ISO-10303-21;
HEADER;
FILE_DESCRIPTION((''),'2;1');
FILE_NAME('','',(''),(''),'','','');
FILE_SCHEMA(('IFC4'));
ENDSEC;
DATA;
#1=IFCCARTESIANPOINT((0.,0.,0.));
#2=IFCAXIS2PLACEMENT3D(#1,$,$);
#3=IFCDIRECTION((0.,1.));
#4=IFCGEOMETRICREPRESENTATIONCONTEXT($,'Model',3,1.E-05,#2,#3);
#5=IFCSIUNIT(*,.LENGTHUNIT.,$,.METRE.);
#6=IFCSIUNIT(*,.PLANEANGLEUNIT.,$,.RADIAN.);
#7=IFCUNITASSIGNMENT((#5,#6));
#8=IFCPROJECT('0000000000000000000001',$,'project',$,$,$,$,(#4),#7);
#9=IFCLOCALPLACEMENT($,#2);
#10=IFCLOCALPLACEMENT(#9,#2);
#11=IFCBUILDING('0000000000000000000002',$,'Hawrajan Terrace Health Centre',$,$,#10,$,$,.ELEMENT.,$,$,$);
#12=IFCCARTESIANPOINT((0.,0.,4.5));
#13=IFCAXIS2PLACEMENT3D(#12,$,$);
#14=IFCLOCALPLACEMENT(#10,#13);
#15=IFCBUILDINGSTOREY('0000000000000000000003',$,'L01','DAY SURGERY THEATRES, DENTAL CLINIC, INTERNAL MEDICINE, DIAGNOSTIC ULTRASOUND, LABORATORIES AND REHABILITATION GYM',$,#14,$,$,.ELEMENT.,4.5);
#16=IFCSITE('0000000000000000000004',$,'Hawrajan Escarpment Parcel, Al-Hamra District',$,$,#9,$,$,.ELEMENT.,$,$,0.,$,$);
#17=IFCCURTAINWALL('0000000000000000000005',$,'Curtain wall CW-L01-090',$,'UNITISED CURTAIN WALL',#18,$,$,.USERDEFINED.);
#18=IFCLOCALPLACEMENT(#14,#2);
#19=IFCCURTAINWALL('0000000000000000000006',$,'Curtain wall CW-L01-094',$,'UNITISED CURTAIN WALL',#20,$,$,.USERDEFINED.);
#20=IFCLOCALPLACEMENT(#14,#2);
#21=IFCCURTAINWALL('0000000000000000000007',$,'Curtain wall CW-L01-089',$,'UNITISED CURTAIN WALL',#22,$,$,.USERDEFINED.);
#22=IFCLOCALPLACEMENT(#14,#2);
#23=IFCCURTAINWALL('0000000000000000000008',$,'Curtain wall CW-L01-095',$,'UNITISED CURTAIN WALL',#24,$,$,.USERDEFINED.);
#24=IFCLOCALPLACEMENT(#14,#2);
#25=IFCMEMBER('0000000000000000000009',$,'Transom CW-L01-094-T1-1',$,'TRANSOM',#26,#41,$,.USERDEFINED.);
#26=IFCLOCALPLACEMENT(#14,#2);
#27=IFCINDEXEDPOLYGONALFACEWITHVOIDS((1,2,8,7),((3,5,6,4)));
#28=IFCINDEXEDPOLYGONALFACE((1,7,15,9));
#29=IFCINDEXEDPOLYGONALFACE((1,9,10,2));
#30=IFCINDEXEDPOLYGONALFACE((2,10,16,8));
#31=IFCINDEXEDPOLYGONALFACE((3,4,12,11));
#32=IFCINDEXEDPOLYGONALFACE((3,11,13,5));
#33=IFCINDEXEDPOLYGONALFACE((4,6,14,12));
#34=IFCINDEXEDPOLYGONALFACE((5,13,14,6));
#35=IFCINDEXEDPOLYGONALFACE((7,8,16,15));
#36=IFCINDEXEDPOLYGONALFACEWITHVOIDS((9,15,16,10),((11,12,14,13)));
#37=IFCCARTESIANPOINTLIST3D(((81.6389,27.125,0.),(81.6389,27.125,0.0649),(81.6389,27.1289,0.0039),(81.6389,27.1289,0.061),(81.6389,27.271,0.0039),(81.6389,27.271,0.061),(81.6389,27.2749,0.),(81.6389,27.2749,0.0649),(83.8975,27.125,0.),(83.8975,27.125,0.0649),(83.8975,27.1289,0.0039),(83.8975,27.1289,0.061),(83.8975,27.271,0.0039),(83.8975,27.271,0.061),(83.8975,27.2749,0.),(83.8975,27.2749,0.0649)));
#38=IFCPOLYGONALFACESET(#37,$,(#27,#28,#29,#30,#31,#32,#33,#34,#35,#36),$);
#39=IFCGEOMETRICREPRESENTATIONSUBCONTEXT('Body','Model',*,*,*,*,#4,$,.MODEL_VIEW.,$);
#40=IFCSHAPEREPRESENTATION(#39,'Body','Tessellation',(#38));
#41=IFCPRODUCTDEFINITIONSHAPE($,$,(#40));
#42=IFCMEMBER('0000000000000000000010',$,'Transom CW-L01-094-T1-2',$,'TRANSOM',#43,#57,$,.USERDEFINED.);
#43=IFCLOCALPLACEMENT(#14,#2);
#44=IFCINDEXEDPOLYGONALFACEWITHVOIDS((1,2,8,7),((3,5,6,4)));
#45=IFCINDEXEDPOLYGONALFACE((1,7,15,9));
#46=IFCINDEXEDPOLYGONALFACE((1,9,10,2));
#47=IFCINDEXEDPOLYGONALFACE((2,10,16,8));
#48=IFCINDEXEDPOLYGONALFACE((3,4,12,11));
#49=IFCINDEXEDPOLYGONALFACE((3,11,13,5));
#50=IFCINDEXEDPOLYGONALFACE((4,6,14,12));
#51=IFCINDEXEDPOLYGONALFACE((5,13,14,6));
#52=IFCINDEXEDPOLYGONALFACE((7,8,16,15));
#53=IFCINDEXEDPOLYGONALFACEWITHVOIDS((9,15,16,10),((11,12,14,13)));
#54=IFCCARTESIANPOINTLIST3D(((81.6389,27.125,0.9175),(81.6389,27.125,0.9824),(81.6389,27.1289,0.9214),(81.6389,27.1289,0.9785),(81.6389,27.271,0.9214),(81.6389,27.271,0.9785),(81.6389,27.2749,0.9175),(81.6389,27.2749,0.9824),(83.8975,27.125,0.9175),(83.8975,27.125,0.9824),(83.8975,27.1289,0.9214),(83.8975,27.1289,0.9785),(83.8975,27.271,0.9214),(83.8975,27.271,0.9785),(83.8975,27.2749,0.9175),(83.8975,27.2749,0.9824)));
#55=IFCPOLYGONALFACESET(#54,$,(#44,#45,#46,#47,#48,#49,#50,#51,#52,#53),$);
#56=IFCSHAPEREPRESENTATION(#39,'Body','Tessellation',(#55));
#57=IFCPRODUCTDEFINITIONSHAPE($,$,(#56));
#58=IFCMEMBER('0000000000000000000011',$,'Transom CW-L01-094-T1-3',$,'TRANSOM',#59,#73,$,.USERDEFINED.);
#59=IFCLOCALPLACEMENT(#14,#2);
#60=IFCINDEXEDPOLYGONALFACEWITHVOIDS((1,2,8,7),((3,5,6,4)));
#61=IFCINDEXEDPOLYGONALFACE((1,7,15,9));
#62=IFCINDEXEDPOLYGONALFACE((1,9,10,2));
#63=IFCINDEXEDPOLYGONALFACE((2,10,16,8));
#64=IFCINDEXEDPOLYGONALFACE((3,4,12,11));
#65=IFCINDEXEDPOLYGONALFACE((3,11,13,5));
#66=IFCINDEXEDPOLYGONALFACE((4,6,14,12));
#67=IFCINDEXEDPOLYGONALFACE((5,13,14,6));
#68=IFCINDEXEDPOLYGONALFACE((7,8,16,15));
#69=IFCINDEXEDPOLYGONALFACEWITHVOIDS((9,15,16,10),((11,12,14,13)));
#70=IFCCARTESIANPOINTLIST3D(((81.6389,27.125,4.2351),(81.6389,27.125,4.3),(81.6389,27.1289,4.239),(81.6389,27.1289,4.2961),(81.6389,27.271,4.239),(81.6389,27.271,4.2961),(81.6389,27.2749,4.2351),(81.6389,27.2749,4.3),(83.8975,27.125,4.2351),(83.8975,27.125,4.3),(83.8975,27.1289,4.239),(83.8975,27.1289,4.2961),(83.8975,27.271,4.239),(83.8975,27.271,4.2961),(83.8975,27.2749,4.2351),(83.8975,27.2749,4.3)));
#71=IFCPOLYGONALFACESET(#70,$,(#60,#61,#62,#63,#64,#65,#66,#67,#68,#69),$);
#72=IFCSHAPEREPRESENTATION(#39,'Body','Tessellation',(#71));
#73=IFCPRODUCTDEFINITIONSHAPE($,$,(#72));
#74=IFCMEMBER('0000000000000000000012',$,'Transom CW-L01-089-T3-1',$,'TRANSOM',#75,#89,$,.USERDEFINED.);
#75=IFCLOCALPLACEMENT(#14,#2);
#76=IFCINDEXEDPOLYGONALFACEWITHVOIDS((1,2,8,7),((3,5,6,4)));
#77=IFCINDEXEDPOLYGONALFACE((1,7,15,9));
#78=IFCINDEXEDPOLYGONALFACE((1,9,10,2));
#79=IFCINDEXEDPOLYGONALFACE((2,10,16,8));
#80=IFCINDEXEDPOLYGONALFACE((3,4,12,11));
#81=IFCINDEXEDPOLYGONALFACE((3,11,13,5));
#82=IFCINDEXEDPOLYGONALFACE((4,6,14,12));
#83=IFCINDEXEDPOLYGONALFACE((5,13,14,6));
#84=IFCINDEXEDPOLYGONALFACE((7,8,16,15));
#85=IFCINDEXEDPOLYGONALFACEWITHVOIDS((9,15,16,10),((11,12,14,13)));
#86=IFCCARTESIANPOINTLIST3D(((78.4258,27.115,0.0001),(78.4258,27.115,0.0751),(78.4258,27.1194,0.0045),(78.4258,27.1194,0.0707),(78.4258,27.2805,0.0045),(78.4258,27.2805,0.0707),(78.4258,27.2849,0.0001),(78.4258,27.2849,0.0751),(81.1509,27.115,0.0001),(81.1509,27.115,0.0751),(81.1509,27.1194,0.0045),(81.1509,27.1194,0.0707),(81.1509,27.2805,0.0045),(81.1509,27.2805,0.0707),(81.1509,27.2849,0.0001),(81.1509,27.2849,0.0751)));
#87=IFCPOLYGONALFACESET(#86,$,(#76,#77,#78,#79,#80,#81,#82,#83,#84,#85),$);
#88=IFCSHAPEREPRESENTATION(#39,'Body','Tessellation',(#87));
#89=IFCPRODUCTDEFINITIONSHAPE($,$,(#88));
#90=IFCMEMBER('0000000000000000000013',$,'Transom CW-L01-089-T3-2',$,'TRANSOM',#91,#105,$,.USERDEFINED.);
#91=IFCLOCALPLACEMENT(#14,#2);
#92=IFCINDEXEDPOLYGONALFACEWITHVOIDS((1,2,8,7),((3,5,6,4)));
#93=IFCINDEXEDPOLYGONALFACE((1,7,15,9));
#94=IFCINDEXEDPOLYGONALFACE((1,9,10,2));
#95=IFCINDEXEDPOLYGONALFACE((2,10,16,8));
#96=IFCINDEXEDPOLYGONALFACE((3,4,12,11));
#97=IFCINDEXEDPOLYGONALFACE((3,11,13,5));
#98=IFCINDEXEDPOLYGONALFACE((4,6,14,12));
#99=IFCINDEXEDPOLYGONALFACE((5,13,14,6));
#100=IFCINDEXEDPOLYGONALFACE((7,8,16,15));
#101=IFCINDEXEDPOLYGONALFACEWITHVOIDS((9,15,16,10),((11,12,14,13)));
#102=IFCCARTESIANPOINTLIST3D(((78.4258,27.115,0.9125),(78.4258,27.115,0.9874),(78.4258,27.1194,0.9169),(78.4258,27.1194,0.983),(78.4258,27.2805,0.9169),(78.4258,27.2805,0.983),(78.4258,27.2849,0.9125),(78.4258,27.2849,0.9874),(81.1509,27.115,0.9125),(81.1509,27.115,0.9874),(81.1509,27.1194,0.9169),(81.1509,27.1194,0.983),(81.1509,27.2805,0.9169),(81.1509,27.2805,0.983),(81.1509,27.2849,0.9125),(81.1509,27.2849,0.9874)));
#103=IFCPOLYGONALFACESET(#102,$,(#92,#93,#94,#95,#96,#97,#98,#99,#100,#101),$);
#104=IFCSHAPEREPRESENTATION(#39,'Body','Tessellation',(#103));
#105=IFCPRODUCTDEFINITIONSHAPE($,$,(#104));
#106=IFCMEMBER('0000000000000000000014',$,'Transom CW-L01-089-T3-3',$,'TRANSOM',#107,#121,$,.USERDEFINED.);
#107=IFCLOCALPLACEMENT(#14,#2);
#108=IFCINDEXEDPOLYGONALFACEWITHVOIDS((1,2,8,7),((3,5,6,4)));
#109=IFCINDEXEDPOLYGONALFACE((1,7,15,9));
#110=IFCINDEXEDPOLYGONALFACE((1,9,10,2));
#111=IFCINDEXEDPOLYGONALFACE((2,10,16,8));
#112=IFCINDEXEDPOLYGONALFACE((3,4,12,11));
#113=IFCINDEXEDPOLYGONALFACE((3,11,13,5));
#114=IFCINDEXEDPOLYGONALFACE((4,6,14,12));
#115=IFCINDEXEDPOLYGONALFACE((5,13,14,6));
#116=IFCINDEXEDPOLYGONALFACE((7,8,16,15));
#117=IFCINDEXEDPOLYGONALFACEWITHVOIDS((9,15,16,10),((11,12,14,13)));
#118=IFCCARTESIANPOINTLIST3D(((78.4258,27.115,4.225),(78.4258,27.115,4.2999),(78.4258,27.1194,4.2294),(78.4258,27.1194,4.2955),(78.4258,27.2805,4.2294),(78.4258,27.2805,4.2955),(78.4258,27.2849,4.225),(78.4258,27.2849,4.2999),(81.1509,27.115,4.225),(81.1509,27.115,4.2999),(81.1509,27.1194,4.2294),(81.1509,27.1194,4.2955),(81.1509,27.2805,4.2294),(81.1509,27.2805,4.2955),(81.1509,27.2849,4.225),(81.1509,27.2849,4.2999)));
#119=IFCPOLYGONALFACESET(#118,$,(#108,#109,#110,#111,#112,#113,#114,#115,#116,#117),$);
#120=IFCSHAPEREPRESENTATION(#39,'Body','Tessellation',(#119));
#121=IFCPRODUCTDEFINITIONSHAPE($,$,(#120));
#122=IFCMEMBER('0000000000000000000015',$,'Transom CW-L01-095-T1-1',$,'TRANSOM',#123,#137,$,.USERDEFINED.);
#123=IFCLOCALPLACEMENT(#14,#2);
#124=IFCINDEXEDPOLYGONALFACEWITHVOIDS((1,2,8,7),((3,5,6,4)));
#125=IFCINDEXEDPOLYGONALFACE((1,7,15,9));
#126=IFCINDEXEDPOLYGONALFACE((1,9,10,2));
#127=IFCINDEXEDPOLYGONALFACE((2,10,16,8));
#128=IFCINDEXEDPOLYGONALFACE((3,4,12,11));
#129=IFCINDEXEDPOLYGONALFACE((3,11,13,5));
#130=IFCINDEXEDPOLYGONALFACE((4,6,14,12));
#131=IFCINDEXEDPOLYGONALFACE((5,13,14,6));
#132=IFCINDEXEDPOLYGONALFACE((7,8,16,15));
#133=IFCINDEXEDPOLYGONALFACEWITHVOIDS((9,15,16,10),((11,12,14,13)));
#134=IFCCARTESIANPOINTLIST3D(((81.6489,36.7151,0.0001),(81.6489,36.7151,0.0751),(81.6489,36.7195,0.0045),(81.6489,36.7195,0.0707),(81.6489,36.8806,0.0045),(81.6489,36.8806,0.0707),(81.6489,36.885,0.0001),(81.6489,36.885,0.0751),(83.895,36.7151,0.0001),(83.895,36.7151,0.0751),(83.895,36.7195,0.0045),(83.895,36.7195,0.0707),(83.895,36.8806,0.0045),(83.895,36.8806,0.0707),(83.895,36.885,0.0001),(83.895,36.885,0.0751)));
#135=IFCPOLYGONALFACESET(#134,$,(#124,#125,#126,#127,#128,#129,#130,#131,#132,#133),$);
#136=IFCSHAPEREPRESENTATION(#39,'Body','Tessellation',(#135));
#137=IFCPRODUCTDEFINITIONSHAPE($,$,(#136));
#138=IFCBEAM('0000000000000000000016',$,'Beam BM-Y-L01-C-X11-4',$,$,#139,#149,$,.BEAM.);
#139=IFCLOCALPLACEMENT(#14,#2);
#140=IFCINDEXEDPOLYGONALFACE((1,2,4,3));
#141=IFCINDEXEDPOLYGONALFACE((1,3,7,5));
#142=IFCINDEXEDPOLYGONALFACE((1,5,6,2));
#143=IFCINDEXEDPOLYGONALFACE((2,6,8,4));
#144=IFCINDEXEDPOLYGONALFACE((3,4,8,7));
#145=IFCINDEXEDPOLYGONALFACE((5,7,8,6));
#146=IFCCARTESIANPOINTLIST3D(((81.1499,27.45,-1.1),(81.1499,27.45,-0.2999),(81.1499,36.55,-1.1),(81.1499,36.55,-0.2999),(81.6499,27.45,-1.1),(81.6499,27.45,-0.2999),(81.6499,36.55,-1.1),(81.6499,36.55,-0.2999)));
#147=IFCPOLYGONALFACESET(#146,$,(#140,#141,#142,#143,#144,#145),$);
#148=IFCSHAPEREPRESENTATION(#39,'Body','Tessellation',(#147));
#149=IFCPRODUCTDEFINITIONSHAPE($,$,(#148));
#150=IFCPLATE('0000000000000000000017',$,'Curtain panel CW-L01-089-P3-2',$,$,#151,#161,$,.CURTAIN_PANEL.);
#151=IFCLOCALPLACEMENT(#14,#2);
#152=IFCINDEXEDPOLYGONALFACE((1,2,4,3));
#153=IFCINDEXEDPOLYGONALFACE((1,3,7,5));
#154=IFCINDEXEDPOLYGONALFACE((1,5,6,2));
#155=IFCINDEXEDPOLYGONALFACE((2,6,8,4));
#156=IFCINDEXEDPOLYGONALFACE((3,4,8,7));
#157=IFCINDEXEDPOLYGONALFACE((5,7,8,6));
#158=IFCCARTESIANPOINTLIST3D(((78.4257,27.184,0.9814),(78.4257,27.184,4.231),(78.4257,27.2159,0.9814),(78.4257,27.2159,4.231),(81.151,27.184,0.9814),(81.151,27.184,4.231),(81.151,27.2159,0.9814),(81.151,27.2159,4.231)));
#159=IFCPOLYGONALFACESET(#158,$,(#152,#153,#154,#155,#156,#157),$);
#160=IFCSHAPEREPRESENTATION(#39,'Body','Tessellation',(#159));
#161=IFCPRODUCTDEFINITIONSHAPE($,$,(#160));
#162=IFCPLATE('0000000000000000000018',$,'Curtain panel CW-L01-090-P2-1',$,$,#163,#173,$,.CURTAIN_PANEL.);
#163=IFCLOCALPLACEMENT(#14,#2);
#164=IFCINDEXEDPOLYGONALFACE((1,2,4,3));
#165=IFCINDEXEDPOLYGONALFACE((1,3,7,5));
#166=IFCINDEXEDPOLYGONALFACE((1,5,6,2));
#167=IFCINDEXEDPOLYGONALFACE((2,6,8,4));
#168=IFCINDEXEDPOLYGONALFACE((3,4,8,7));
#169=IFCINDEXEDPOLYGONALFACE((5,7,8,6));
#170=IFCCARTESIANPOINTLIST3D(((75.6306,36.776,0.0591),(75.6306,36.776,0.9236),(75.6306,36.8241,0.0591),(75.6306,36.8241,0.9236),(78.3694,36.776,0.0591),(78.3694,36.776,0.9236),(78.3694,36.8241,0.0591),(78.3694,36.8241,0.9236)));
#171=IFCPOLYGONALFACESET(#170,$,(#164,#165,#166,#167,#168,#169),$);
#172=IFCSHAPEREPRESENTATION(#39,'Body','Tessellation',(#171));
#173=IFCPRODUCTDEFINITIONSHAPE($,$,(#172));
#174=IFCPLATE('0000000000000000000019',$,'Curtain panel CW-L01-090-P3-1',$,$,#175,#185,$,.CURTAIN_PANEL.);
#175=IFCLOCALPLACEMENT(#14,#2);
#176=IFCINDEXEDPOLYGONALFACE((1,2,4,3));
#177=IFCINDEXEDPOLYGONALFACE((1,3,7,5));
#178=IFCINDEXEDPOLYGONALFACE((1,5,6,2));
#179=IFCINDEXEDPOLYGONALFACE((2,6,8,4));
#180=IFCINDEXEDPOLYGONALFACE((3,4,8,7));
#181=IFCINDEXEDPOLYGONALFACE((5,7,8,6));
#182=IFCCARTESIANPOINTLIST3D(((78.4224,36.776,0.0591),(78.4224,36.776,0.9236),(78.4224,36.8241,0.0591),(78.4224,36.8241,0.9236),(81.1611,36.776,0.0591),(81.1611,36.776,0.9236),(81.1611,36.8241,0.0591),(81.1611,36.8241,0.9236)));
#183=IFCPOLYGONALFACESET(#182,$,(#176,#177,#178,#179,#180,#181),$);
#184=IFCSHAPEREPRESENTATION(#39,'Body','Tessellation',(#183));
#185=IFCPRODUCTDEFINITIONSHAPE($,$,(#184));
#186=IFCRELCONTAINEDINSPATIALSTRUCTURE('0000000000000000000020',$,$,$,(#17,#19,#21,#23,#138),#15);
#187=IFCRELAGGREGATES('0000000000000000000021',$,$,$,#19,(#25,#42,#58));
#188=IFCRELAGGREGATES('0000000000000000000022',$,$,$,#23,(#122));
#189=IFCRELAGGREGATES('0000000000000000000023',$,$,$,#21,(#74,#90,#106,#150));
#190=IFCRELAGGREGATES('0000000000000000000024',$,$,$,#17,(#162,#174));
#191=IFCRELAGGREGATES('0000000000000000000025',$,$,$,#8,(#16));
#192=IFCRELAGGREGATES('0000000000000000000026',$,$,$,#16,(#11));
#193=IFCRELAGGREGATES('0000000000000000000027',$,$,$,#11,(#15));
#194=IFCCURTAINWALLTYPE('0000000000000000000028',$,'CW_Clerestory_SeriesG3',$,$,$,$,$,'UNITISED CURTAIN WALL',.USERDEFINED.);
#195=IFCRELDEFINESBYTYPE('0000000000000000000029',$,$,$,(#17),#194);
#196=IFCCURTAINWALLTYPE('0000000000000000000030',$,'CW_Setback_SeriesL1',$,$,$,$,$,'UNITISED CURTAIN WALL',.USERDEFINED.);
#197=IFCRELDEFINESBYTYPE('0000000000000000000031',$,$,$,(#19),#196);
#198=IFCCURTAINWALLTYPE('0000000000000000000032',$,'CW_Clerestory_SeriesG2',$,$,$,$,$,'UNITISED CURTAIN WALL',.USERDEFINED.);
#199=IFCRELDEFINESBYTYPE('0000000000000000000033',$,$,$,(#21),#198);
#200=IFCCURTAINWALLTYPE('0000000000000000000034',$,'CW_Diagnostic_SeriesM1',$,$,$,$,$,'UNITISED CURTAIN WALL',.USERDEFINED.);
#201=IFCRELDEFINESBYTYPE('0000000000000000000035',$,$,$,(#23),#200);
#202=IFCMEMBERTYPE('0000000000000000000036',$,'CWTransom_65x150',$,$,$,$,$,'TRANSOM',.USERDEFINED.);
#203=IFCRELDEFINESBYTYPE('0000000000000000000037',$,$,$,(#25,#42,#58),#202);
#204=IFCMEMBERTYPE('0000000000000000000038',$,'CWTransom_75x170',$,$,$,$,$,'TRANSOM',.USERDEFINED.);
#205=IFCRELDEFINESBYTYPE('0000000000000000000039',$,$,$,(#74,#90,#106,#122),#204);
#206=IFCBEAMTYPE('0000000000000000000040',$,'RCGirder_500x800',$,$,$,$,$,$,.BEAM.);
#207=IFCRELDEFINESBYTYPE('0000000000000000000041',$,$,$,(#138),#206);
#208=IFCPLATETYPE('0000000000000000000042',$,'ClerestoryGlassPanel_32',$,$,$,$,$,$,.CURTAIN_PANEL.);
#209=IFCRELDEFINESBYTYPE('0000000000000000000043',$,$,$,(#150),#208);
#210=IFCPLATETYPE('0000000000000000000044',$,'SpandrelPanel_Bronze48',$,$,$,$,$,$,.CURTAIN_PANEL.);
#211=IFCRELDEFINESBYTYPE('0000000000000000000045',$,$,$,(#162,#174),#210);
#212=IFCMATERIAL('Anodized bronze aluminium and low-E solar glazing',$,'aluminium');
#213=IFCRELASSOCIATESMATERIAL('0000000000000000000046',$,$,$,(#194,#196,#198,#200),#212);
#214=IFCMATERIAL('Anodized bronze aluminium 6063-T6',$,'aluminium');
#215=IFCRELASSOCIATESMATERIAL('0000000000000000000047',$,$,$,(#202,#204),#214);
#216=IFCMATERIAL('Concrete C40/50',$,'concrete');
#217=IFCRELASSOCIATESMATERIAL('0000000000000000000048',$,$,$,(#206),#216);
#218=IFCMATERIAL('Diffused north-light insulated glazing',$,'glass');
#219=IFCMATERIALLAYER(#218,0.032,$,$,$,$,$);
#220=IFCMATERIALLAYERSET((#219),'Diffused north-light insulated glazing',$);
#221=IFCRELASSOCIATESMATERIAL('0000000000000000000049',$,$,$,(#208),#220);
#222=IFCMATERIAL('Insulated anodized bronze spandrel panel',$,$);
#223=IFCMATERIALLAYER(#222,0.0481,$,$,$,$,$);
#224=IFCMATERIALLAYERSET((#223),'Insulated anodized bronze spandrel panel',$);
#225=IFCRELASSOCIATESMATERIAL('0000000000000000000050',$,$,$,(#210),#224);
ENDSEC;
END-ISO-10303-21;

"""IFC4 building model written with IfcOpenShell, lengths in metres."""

from ifc_helpers import new_model, si_unit, direction, frame, origin, origin_2d, place, context, subcontext, project, spatial, rectangle, hollow_rectangle, extrude, material, layer, layer_set, material_profile, profile_set, type_object, element, aggregate, save


model = new_model("IFC4")

# Units and contexts
model_context = context("Model", 3, precision=1e-05, world=origin(), true_north=direction((0.0, 1.0)))
body_context = subcontext(model_context, "Body", "Model", "MODEL_VIEW")
ifc_project = project(units=[si_unit("LENGTHUNIT", "METRE"), si_unit("PLANEANGLEUNIT", "RADIAN")], contexts=[model_context])

# Site, building, storey
site_placement = place(None, origin())
site = spatial("IfcSite", under=ifc_project, at=site_placement, Name="Hawrajan Escarpment Parcel, Al-Hamra District", CompositionType="ELEMENT", RefElevation=0.0)
building_placement = place(site_placement, origin())
building = spatial("IfcBuilding", under=site, at=building_placement, Name="Hawrajan Terrace Health Centre", CompositionType="ELEMENT")
storey_placement = place(building_placement, frame((0.0, 0.0, 4.5)))
storey = spatial("IfcBuildingStorey", under=building, at=storey_placement, Name="L01", Description="DAY SURGERY THEATRES, DENTAL CLINIC, INTERNAL MEDICINE, DIAGNOSTIC ULTRASOUND, LABORATORIES AND REHABILITATION GYM", CompositionType="ELEMENT", Elevation=4.5)

# Curtain wall
ifc_material_1 = material(Name="Anodized bronze aluminium and low-E solar glazing", Category="aluminium")
curtain_wall_type_1 = type_object("IfcCurtainWallType", Name="CW_Clerestory_SeriesG3", ElementType="UNITISED CURTAIN WALL", PredefinedType="USERDEFINED", material=ifc_material_1)
curtain_wall_1_placement = place(storey_placement, origin())
curtain_wall_1 = element("IfcCurtainWall", 1, at=curtain_wall_1_placement, inside=storey, type_object=curtain_wall_type_1, Name="Curtain wall CW-L01-090", ObjectType="UNITISED CURTAIN WALL", PredefinedType="USERDEFINED")
ifc_material_2 = material(Name="Anodized bronze aluminium 6063-T6", Category="aluminium")

# Curtain wall
curtain_wall_type_2 = type_object("IfcCurtainWallType", Name="CW_Setback_SeriesL1", ElementType="UNITISED CURTAIN WALL", PredefinedType="USERDEFINED", material=ifc_material_1)
curtain_wall_2_placement = place(storey_placement, origin())
curtain_wall_2 = element("IfcCurtainWall", 2, at=curtain_wall_2_placement, inside=storey, type_object=curtain_wall_type_2, Name="Curtain wall CW-L01-094", ObjectType="UNITISED CURTAIN WALL", PredefinedType="USERDEFINED")

# Curtain wall
curtain_wall_type_3 = type_object("IfcCurtainWallType", Name="CW_Clerestory_SeriesG2", ElementType="UNITISED CURTAIN WALL", PredefinedType="USERDEFINED", material=ifc_material_1)
curtain_wall_3_placement = place(storey_placement, origin())
curtain_wall_3 = element("IfcCurtainWall", 3, at=curtain_wall_3_placement, inside=storey, type_object=curtain_wall_type_3, Name="Curtain wall CW-L01-089", ObjectType="UNITISED CURTAIN WALL", PredefinedType="USERDEFINED")

# Curtain wall
curtain_wall_type_4 = type_object("IfcCurtainWallType", Name="CW_Diagnostic_SeriesM1", ElementType="UNITISED CURTAIN WALL", PredefinedType="USERDEFINED", material=ifc_material_1)
curtain_wall_4_placement = place(storey_placement, origin())
curtain_wall_4 = element("IfcCurtainWall", 4, at=curtain_wall_4_placement, inside=storey, type_object=curtain_wall_type_4, Name="Curtain wall CW-L01-095", ObjectType="UNITISED CURTAIN WALL", PredefinedType="USERDEFINED")

# Members
ifc_material_profile_1 = material_profile(ifc_material_2, hollow_rectangle(XDim=0.0649, YDim=0.1499, WallThickness=0.0039, at=origin_2d()), Name="CW TRN 65x150")
ifc_profile_set_1 = profile_set([ifc_material_profile_1], Name="Anodized bronze aluminium 6063-T6")
member_type_1 = type_object("IfcMemberType", Name="CWTransom_65x150", ElementType="TRANSOM", PredefinedType="USERDEFINED", material=ifc_profile_set_1)
member_1_placement = place(storey_placement, frame((81.6389, 27.2, 0.0325), z_axis=(1.0, 0.0, 0.0), x_axis=(0.0, 0.0, 1.0)))
member_1 = element("IfcMember", 5, at=member_1_placement, type_object=member_type_1, Name="Transom CW-L01-094-T1-1", ObjectType="TRANSOM", PredefinedType="USERDEFINED", context=body_context, shape_type="SweptSolid", body=[
    extrude(hollow_rectangle(XDim=0.0649, YDim=0.1499, WallThickness=0.0039, at=origin_2d()), origin(), (0.0, 0.0, 1.0), 2.2585),
])
member_2_placement = place(storey_placement, frame((81.6389, 27.2, 0.95), z_axis=(1.0, 0.0, 0.0), x_axis=(0.0, 0.0, 1.0)))
member_2 = element("IfcMember", 6, at=member_2_placement, type_object=member_type_1, Name="Transom CW-L01-094-T1-2", ObjectType="TRANSOM", PredefinedType="USERDEFINED", context=body_context, shape_type="SweptSolid", body=[
    extrude(hollow_rectangle(XDim=0.0649, YDim=0.1499, WallThickness=0.0039, at=origin_2d()), origin(), (0.0, 0.0, 1.0), 2.2585),
])
member_3_placement = place(storey_placement, frame((81.6389, 27.2, 4.2676), z_axis=(1.0, 0.0, 0.0), x_axis=(0.0, 0.0, 1.0)))
member_3 = element("IfcMember", 7, at=member_3_placement, type_object=member_type_1, Name="Transom CW-L01-094-T1-3", ObjectType="TRANSOM", PredefinedType="USERDEFINED", context=body_context, shape_type="SweptSolid", body=[
    extrude(hollow_rectangle(XDim=0.0649, YDim=0.1499, WallThickness=0.0039, at=origin_2d()), origin(), (0.0, 0.0, 1.0), 2.2585),
])
aggregate(curtain_wall_2, [member_1, member_2, member_3])
ifc_material_profile_2 = material_profile(ifc_material_2, hollow_rectangle(XDim=0.075, YDim=0.1699, WallThickness=0.0044, at=origin_2d()), Name="CW TRN 75x170")
ifc_profile_set_2 = profile_set([ifc_material_profile_2], Name="Anodized bronze aluminium 6063-T6")
member_type_2 = type_object("IfcMemberType", Name="CWTransom_75x170", ElementType="TRANSOM", PredefinedType="USERDEFINED", material=ifc_profile_set_2)
member_4_placement = place(storey_placement, frame((78.4258, 27.2, 0.0376), z_axis=(1.0, 0.0, 0.0), x_axis=(0.0, 0.0, 1.0)))
member_4 = element("IfcMember", 8, at=member_4_placement, type_object=member_type_2, Name="Transom CW-L01-089-T3-1", ObjectType="TRANSOM", PredefinedType="USERDEFINED", context=body_context, shape_type="SweptSolid", body=[
    extrude(hollow_rectangle(XDim=0.075, YDim=0.1699, WallThickness=0.0044, at=origin_2d()), origin(), (0.0, 0.0, 1.0), 2.7251),
])
member_5_placement = place(storey_placement, frame((78.4258, 27.2, 0.95), z_axis=(1.0, 0.0, 0.0), x_axis=(0.0, 0.0, 1.0)))
member_5 = element("IfcMember", 9, at=member_5_placement, type_object=member_type_2, Name="Transom CW-L01-089-T3-2", ObjectType="TRANSOM", PredefinedType="USERDEFINED", context=body_context, shape_type="SweptSolid", body=[
    extrude(hollow_rectangle(XDim=0.075, YDim=0.1699, WallThickness=0.0044, at=origin_2d()), origin(), (0.0, 0.0, 1.0), 2.7251),
])
member_6_placement = place(storey_placement, frame((78.4258, 27.2, 4.2625), z_axis=(1.0, 0.0, 0.0), x_axis=(0.0, 0.0, 1.0)))
member_6 = element("IfcMember", 10, at=member_6_placement, type_object=member_type_2, Name="Transom CW-L01-089-T3-3", ObjectType="TRANSOM", PredefinedType="USERDEFINED", context=body_context, shape_type="SweptSolid", body=[
    extrude(hollow_rectangle(XDim=0.075, YDim=0.1699, WallThickness=0.0044, at=origin_2d()), origin(), (0.0, 0.0, 1.0), 2.7251),
])
member_7_placement = place(storey_placement, frame((81.6489, 36.8, 0.0376), z_axis=(1.0, 0.0, 0.0), x_axis=(0.0, 0.0, 1.0)))
member_7 = element("IfcMember", 11, at=member_7_placement, type_object=member_type_2, Name="Transom CW-L01-095-T1-1", ObjectType="TRANSOM", PredefinedType="USERDEFINED", context=body_context, shape_type="SweptSolid", body=[
    extrude(hollow_rectangle(XDim=0.075, YDim=0.1699, WallThickness=0.0044, at=origin_2d()), origin(), (0.0, 0.0, 1.0), 2.2461),
])
aggregate(curtain_wall_4, [member_7])

# Beam
ifc_material_3 = material(Name="Concrete C40/50", Category="concrete")
ifc_material_profile_3 = material_profile(ifc_material_3, rectangle(XDim=0.5, YDim=0.8, at=origin_2d()), Name="RC BM 500x800")
ifc_profile_set_3 = profile_set([ifc_material_profile_3], Name="Concrete C40/50")
beam_type = type_object("IfcBeamType", Name="RCGirder_500x800", PredefinedType="BEAM", material=ifc_profile_set_3)
beam_placement = place(storey_placement, frame((81.3999, 27.45, -0.7), z_axis=(0.0, 1.0, 0.0), x_axis=(-1.0, 0.0, 0.0)))
element("IfcBeam", 12, at=beam_placement, inside=storey, type_object=beam_type, Name="Beam BM-Y-L01-C-X11-4", PredefinedType="BEAM", context=body_context, shape_type="SweptSolid", body=[
    extrude(rectangle(XDim=0.5, YDim=0.8, at=origin_2d()), origin(), (0.0, 0.0, 1.0), 9.1001),
])

# Plates
ifc_material_4 = material(Name="Diffused north-light insulated glazing", Category="glass")
ifc_layer_1 = layer(ifc_material_4, 0.032)
ifc_layer_set_1 = layer_set([ifc_layer_1], Name="Diffused north-light insulated glazing")
plate_type_1 = type_object("IfcPlateType", Name="ClerestoryGlassPanel_32", PredefinedType="CURTAIN_PANEL", material=ifc_layer_set_1)
plate_1_placement = place(storey_placement, frame((79.7883, 27.2, 0.9814), z_axis=(0.0, 0.0, 1.0), x_axis=(1.0, 0.0, 0.0)))
plate_1 = element("IfcPlate", 13, at=plate_1_placement, type_object=plate_type_1, Name="Curtain panel CW-L01-089-P3-2", PredefinedType="CURTAIN_PANEL", context=body_context, shape_type="SweptSolid", body=[
    extrude(rectangle(XDim=2.7253, YDim=0.032, at=origin_2d()), origin(), (0.0, 0.0, 1.0), 3.2495),
])
ifc_material_5 = material(Name="Insulated anodized bronze spandrel panel")
ifc_layer_2 = layer(ifc_material_5, 0.0481)
ifc_layer_set_2 = layer_set([ifc_layer_2], Name="Insulated anodized bronze spandrel panel")
plate_type_2 = type_object("IfcPlateType", Name="SpandrelPanel_Bronze48", PredefinedType="CURTAIN_PANEL", material=ifc_layer_set_2)
plate_2_placement = place(storey_placement, frame((77.0, 36.8, 0.0591), z_axis=(0.0, 0.0, 1.0), x_axis=(1.0, 0.0, 0.0)))
plate_2 = element("IfcPlate", 14, at=plate_2_placement, type_object=plate_type_2, Name="Curtain panel CW-L01-090-P2-1", PredefinedType="CURTAIN_PANEL", context=body_context, shape_type="SweptSolid", body=[
    extrude(rectangle(XDim=2.7388, YDim=0.0481, at=origin_2d()), origin(), (0.0, 0.0, 1.0), 0.8645),
])
plate_3_placement = place(storey_placement, frame((79.7917, 36.8, 0.0591), z_axis=(0.0, 0.0, 1.0), x_axis=(1.0, 0.0, 0.0)))
plate_3 = element("IfcPlate", 15, at=plate_3_placement, type_object=plate_type_2, Name="Curtain panel CW-L01-090-P3-1", PredefinedType="CURTAIN_PANEL", context=body_context, shape_type="SweptSolid", body=[
    extrude(rectangle(XDim=2.7388, YDim=0.0481, at=origin_2d()), origin(), (0.0, 0.0, 1.0), 0.8645),
])
aggregate(curtain_wall_3, [member_4, member_5, member_6, plate_1])
aggregate(curtain_wall_1, [plate_2, plate_3])

save(model, "model.ifc")
